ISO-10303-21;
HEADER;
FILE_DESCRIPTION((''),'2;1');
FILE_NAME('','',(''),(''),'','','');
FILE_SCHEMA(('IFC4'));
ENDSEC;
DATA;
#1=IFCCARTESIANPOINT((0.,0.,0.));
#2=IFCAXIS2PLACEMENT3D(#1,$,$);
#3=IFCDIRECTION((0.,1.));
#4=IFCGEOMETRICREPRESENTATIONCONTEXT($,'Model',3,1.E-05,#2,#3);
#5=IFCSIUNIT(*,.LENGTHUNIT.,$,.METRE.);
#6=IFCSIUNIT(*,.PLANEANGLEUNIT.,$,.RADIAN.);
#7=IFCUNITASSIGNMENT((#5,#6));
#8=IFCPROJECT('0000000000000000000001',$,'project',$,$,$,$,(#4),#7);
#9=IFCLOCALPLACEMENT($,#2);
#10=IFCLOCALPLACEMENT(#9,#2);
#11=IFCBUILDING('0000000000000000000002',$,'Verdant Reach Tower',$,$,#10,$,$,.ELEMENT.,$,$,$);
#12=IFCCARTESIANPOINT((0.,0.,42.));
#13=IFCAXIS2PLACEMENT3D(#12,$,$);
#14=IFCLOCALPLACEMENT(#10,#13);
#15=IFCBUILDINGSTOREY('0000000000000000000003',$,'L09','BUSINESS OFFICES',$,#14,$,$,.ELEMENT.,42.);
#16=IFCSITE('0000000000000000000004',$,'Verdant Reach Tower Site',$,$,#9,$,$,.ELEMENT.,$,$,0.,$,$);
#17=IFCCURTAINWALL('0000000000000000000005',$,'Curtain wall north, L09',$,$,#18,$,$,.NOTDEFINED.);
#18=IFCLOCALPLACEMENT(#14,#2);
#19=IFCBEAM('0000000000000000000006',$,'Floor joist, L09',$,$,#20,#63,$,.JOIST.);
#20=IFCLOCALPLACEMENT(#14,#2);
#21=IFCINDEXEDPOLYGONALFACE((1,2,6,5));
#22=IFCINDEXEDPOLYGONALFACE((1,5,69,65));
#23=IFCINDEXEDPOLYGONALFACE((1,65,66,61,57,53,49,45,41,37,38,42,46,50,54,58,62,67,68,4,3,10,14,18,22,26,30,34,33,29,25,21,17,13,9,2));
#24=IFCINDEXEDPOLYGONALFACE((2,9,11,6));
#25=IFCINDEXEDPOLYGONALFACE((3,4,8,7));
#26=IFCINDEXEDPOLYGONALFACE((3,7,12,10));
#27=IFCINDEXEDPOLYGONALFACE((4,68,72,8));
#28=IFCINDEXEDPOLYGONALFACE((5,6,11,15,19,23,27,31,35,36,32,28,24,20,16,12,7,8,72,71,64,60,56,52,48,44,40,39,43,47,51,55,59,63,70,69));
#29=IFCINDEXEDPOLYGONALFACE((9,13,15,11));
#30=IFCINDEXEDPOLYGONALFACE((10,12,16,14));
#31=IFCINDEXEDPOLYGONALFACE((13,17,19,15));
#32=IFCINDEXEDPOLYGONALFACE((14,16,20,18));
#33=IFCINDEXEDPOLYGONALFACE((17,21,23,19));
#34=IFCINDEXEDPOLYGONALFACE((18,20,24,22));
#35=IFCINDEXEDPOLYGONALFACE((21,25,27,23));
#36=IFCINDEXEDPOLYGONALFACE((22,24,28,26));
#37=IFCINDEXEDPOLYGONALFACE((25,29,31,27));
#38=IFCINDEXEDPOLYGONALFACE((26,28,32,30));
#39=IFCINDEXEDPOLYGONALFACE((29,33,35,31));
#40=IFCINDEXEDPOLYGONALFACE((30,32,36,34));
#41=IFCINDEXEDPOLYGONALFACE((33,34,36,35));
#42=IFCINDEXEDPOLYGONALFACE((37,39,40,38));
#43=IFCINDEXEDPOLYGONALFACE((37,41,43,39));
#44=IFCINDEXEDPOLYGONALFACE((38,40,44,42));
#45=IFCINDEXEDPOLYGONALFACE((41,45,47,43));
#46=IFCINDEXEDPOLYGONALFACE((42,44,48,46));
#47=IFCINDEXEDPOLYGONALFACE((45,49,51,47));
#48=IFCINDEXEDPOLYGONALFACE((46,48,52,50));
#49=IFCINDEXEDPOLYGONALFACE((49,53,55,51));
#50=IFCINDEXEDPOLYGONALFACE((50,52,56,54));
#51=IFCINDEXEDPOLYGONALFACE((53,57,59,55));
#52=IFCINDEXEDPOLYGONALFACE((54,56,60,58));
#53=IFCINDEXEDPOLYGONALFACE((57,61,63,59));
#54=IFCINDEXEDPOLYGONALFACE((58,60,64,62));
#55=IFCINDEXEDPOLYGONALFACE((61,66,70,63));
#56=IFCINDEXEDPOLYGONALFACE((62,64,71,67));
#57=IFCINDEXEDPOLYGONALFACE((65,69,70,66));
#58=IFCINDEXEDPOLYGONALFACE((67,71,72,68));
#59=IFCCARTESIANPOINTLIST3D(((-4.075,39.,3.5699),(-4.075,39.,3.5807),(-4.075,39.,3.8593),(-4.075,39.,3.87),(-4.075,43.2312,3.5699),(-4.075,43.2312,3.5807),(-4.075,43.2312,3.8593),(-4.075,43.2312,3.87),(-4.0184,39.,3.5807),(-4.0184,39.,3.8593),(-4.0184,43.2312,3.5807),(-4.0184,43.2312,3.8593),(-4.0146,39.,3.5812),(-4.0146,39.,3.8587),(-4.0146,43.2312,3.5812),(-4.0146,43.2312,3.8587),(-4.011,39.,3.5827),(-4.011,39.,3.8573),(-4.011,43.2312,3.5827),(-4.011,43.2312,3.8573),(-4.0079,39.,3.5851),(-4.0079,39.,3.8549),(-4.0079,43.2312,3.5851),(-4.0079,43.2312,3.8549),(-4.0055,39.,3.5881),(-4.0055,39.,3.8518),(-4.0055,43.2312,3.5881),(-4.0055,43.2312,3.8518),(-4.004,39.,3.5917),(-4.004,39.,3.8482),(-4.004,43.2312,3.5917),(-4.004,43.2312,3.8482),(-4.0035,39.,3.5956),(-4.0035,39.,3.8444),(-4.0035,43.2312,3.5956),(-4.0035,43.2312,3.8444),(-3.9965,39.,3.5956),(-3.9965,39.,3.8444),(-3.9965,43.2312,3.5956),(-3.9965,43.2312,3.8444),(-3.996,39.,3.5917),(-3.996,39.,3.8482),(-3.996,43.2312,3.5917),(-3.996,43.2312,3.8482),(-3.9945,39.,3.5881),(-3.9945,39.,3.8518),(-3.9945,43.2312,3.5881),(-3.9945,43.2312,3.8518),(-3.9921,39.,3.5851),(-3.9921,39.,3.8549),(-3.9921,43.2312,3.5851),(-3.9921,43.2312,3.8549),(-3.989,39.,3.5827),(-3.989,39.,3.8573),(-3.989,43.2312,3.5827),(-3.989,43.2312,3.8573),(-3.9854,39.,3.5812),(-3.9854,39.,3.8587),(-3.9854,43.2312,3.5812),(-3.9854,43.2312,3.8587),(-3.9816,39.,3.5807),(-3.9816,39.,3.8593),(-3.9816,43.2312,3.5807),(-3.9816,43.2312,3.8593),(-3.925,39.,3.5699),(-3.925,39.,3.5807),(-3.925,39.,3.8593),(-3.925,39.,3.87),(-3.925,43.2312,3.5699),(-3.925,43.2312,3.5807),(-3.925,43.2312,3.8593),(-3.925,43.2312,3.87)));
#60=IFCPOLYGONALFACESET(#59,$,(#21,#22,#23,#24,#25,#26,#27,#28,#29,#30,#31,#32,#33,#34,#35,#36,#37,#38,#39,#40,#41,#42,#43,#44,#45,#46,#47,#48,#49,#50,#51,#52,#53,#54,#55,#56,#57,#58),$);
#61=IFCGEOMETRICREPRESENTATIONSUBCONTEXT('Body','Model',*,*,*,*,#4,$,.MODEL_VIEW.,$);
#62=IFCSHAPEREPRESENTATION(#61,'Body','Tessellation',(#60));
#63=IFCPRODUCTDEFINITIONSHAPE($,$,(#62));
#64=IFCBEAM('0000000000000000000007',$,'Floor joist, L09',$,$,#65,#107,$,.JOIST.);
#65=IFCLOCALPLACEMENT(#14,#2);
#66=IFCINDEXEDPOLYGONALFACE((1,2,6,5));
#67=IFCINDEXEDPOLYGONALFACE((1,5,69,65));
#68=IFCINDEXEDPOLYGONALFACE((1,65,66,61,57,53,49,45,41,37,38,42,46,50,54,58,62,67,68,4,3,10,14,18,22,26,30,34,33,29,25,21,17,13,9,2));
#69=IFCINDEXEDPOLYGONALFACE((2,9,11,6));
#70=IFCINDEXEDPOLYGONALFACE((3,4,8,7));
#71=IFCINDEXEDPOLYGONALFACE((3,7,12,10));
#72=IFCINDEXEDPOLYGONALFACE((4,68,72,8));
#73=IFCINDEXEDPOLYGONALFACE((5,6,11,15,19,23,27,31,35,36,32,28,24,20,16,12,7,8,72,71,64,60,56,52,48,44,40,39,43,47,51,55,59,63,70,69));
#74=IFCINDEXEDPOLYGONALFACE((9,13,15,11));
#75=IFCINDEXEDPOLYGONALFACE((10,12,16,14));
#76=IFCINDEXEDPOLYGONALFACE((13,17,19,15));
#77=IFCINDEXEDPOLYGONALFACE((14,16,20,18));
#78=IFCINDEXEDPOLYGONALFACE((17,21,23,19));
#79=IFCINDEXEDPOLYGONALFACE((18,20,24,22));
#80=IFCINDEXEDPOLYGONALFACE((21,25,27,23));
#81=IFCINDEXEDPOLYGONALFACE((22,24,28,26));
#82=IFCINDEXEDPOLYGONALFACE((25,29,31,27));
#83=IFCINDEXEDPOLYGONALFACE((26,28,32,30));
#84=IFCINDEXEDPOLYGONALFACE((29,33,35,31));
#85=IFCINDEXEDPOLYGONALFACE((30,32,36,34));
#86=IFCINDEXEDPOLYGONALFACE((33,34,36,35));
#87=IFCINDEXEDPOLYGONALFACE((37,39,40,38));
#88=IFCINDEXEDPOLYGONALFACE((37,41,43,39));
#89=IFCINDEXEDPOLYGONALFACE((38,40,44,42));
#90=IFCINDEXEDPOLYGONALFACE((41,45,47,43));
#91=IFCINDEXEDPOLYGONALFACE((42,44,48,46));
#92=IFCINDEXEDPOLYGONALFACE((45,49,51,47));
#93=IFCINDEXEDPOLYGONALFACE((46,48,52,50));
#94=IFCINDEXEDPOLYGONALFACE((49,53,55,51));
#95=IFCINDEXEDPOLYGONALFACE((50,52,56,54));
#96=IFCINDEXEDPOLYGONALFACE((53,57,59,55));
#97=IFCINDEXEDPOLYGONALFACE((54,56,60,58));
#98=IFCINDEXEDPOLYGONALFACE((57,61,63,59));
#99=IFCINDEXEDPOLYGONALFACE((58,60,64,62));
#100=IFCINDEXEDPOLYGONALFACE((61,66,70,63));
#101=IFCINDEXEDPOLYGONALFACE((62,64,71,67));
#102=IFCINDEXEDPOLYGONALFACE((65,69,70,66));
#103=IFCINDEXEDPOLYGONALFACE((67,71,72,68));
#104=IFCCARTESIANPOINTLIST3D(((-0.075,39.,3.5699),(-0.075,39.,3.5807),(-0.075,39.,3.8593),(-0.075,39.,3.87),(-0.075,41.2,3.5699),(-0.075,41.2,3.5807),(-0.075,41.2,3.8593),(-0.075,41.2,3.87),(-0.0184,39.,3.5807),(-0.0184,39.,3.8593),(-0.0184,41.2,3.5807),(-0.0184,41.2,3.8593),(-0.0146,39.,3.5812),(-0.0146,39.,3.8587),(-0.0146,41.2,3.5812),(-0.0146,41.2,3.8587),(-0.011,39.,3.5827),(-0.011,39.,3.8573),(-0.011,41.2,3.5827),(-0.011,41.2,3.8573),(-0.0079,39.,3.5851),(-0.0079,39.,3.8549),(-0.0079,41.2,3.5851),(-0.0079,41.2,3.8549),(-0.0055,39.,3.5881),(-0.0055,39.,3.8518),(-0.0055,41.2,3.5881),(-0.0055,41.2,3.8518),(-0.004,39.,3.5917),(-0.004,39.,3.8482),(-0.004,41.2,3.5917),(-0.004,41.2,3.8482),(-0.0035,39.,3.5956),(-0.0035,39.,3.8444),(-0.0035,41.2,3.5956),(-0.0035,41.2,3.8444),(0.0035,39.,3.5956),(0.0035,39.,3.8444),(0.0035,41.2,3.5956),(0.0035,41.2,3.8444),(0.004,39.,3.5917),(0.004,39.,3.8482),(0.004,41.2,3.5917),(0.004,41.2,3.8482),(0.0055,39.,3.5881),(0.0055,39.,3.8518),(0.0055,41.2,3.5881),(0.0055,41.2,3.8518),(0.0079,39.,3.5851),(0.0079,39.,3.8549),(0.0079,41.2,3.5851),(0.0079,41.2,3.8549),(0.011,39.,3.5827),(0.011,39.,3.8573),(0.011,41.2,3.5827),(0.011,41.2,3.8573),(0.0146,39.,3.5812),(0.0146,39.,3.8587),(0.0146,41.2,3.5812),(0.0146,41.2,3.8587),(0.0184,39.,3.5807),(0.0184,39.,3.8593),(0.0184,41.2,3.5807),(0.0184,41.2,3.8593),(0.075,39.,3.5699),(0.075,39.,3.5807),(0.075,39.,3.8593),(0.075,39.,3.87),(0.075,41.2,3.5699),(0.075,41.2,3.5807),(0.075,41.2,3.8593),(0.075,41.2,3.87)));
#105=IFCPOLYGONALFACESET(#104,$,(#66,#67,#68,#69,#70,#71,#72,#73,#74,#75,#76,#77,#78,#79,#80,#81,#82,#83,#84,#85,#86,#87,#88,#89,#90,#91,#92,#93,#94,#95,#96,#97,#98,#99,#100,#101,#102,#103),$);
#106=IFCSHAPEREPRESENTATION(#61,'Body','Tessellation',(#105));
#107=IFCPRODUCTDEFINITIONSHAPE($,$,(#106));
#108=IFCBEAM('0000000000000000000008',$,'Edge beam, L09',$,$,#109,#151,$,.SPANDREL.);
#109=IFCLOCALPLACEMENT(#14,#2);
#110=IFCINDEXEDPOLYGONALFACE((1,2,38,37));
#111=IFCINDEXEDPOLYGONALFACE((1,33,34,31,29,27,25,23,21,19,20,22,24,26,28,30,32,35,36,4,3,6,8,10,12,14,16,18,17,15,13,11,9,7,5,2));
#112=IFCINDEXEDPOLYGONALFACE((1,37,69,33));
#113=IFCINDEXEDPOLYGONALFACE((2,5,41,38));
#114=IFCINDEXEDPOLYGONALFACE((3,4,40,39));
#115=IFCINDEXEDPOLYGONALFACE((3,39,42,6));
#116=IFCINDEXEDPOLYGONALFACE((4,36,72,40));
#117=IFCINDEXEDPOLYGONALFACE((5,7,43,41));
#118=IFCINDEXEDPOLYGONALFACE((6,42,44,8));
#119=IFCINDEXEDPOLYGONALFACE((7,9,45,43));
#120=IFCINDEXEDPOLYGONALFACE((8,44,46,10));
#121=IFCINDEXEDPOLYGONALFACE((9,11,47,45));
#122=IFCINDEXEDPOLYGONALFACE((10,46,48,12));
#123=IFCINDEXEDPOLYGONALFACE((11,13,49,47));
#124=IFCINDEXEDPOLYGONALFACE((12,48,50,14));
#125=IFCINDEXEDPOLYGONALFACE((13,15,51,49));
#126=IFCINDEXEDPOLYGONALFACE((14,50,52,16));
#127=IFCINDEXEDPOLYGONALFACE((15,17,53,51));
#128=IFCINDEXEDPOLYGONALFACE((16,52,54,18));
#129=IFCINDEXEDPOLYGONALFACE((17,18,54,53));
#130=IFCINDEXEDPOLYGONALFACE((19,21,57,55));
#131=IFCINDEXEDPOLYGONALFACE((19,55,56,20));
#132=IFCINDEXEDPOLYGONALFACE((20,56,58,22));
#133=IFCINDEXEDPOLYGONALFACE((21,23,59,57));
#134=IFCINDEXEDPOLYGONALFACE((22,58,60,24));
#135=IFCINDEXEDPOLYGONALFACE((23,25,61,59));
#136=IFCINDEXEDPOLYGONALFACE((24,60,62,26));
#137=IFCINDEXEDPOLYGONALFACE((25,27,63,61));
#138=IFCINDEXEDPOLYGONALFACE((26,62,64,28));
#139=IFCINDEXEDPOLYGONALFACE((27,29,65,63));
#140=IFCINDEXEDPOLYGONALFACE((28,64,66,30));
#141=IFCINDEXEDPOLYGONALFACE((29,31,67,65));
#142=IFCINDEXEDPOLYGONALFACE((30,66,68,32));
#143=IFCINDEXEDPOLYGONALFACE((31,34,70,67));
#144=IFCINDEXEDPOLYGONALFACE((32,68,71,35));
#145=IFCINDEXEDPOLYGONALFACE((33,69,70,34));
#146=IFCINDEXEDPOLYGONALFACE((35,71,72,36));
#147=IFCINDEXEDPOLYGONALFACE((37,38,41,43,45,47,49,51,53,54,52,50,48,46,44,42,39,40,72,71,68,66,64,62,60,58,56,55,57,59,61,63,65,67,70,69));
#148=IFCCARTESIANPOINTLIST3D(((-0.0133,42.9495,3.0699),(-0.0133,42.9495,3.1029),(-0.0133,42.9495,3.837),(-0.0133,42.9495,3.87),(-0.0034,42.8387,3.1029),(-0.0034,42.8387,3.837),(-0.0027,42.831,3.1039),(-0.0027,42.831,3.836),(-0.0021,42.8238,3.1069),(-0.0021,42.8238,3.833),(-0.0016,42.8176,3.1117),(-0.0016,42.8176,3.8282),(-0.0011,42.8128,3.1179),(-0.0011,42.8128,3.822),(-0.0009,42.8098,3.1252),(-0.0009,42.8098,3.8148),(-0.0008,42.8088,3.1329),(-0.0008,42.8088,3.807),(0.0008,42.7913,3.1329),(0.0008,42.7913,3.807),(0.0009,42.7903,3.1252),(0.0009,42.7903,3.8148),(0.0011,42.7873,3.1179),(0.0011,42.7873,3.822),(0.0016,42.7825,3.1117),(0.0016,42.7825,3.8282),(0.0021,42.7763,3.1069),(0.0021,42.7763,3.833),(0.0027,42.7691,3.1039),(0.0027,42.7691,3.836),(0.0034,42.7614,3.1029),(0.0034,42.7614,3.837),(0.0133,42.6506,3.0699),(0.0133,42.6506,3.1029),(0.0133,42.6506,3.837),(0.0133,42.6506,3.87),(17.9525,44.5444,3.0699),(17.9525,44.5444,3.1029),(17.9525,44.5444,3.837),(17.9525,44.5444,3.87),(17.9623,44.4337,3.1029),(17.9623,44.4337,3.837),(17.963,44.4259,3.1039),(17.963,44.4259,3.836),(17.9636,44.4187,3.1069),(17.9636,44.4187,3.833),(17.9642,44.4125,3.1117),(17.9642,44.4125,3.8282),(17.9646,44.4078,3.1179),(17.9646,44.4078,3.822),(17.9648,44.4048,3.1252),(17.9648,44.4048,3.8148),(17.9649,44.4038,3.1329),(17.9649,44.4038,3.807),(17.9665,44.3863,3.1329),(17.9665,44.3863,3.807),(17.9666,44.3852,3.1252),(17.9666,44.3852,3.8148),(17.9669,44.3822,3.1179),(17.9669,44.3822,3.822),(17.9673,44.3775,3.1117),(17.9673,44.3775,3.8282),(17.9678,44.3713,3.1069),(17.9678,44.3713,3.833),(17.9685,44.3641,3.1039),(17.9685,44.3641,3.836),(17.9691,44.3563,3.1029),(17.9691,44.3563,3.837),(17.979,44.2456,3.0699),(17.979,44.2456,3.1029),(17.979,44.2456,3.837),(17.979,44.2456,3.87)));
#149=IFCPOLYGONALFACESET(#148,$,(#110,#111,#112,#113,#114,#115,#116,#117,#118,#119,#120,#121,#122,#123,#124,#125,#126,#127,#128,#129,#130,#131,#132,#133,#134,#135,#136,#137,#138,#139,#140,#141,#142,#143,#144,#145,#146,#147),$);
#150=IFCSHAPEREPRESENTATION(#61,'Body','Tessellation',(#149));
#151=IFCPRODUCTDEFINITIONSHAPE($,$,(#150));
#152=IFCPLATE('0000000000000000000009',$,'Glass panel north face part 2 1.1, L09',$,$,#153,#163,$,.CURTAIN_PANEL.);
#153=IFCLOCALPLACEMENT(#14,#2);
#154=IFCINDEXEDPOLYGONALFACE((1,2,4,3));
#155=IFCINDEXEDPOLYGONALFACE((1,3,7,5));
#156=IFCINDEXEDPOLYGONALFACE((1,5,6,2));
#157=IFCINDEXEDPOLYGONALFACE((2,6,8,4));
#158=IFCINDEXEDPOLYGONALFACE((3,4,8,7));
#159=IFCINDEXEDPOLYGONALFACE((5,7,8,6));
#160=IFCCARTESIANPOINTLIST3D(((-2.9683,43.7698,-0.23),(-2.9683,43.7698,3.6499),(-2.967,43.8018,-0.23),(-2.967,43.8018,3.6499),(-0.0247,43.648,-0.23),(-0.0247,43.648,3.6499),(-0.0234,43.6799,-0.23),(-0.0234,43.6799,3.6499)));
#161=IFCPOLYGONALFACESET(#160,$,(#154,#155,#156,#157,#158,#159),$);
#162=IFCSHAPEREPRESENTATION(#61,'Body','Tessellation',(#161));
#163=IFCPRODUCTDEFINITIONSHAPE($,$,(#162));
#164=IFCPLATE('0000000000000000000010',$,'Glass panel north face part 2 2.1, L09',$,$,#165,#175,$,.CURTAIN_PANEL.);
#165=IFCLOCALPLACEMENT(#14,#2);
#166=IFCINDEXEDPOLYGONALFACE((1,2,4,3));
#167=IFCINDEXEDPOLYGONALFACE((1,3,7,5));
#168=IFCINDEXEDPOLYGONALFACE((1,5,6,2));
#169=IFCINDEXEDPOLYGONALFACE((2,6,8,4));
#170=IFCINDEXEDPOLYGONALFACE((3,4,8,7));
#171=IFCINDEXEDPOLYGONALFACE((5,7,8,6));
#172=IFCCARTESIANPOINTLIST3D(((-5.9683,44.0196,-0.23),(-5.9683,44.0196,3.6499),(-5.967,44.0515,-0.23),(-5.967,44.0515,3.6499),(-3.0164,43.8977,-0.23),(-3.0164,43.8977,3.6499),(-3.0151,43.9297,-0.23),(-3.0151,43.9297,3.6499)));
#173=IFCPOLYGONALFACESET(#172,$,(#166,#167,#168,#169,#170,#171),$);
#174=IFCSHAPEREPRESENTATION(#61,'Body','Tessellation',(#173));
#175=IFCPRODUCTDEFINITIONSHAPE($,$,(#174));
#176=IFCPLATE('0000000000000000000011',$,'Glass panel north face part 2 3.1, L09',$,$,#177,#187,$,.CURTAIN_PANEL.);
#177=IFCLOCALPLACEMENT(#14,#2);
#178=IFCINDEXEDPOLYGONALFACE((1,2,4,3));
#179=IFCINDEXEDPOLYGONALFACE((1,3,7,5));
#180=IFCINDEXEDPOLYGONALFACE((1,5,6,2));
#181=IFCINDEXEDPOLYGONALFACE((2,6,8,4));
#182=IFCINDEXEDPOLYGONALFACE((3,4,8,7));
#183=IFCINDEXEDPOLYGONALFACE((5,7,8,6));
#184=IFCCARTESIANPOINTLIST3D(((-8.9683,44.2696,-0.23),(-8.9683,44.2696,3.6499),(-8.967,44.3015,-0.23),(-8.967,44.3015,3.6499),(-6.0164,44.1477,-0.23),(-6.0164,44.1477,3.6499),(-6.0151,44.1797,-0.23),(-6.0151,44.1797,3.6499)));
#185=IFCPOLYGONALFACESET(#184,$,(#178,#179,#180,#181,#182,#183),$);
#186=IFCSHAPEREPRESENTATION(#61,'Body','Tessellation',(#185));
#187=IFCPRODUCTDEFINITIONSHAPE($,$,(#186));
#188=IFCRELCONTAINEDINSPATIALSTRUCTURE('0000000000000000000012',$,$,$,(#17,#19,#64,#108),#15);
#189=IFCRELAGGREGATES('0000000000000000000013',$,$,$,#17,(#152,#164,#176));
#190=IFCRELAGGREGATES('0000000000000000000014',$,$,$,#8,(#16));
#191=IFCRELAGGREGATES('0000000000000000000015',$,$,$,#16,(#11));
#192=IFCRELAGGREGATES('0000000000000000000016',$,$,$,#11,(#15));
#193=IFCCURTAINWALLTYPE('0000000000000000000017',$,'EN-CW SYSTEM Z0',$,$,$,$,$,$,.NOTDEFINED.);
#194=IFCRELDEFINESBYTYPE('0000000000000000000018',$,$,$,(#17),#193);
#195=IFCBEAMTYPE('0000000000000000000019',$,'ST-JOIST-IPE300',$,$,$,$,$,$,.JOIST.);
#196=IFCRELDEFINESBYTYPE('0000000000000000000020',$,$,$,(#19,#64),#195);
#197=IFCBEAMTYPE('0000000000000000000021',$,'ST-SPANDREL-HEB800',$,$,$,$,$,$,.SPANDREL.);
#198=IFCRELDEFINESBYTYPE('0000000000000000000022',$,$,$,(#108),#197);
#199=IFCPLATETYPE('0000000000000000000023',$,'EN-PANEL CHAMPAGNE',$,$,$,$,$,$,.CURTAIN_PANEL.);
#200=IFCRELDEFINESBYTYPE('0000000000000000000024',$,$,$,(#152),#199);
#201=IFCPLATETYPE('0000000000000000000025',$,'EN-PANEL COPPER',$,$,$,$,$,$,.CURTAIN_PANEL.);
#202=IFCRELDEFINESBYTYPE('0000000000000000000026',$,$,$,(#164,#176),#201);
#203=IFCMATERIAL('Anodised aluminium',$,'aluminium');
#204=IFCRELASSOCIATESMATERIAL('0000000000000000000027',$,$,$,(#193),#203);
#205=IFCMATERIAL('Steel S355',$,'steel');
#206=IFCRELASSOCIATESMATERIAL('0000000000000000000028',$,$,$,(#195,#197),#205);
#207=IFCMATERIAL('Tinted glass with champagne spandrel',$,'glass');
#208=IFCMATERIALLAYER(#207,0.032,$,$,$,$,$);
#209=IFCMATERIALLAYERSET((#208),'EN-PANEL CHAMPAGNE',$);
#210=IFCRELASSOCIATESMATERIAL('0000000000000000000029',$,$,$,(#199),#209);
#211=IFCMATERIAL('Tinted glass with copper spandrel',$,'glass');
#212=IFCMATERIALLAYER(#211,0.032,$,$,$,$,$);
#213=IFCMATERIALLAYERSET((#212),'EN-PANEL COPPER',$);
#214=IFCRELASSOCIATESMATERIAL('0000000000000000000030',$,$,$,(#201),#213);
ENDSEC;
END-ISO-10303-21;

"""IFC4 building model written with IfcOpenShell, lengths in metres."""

from ifc_helpers import new_model, si_unit, direction, frame, origin, origin_2d, place, context, subcontext, project, spatial, rectangle, i_section, extrude, material, layer, layer_set, material_profile, profile_set, type_object, element, aggregate, save


model = new_model("IFC4")

# Units and contexts
model_context = context("Model", 3, precision=1e-05, world=origin(), true_north=direction((0.0, 1.0)))
body_context = subcontext(model_context, "Body", "Model", "MODEL_VIEW")
ifc_project = project(units=[si_unit("LENGTHUNIT", "METRE"), si_unit("PLANEANGLEUNIT", "RADIAN")], contexts=[model_context])

# Site, building, storey
site_placement = place(None, origin())
site = spatial("IfcSite", under=ifc_project, at=site_placement, Name="Verdant Reach Tower Site", CompositionType="ELEMENT", RefElevation=0.0)
building_placement = place(site_placement, origin())
building = spatial("IfcBuilding", under=site, at=building_placement, Name="Verdant Reach Tower", CompositionType="ELEMENT")
storey_placement = place(building_placement, frame((0.0, 0.0, 42.0)))
storey = spatial("IfcBuildingStorey", under=building, at=storey_placement, Name="L09", Description="BUSINESS OFFICES", CompositionType="ELEMENT", Elevation=42.0)

# Curtain wall
ifc_material_1 = material(Name="Anodised aluminium", Category="aluminium")
curtain_wall_type = type_object("IfcCurtainWallType", Name="EN-CW SYSTEM Z0", PredefinedType="NOTDEFINED", material=ifc_material_1)
curtain_wall_placement = place(storey_placement, origin())
curtain_wall = element("IfcCurtainWall", 1, at=curtain_wall_placement, inside=storey, type_object=curtain_wall_type, Name="Curtain wall north, L09", PredefinedType="NOTDEFINED")

# Beams
ifc_material_2 = material(Name="Steel S355", Category="steel")
ifc_material_profile_1 = material_profile(ifc_material_2, i_section(OverallWidth=0.1499, OverallDepth=0.3, WebThickness=0.0071, FlangeThickness=0.0107, FilletRadius=0.0149, at=origin_2d()), Name="IPE 300")
ifc_profile_set_1 = profile_set([ifc_material_profile_1], Name="Steel S355")
beam_type_1 = type_object("IfcBeamType", Name="ST-JOIST-IPE300", PredefinedType="JOIST", material=ifc_profile_set_1)
beam_1_placement = place(storey_placement, frame((-4.0, 39.0, 3.72), z_axis=(0.0, 1.0, 0.0), x_axis=(-1.0, 0.0, 0.0)))
element("IfcBeam", 2, at=beam_1_placement, inside=storey, type_object=beam_type_1, Name="Floor joist, L09", PredefinedType="JOIST", context=body_context, shape_type="SweptSolid", body=[
    extrude(i_section(OverallWidth=0.1499, OverallDepth=0.3, WebThickness=0.0071, FlangeThickness=0.0107, FilletRadius=0.0149, at=origin_2d()), origin(), (0.0, 0.0, 1.0), 4.2312),
])
beam_2_placement = place(storey_placement, frame((0.0, 39.0, 3.72), z_axis=(0.0, 1.0, 0.0), x_axis=(-1.0, 0.0, 0.0)))
element("IfcBeam", 3, at=beam_2_placement, inside=storey, type_object=beam_type_1, Name="Floor joist, L09", PredefinedType="JOIST", context=body_context, shape_type="SweptSolid", body=[
    extrude(i_section(OverallWidth=0.1499, OverallDepth=0.3, WebThickness=0.0071, FlangeThickness=0.0107, FilletRadius=0.0149, at=origin_2d()), origin(), (0.0, 0.0, 1.0), 2.2),
])
ifc_material_profile_2 = material_profile(ifc_material_2, i_section(OverallWidth=0.3, OverallDepth=0.8, WebThickness=0.0176, FlangeThickness=0.033, FilletRadius=0.03, at=origin_2d()), Name="HEB 800")
ifc_profile_set_2 = profile_set([ifc_material_profile_2], Name="Steel S355")
beam_type_2 = type_object("IfcBeamType", Name="ST-SPANDREL-HEB800", PredefinedType="SPANDREL", material=ifc_profile_set_2)
beam_3_placement = place(storey_placement, frame((0.0, 42.8, 3.47), z_axis=(0.996082, 0.08843, 0.0), x_axis=(-0.08843, 0.996082, 0.0)))
element("IfcBeam", 4, at=beam_3_placement, inside=storey, type_object=beam_type_2, Name="Edge beam, L09", PredefinedType="SPANDREL", context=body_context, shape_type="SweptSolid", body=[
    extrude(i_section(OverallWidth=0.3, OverallDepth=0.8, WebThickness=0.0176, FlangeThickness=0.033, FilletRadius=0.03, at=origin_2d()), origin(), (0.0, 0.0, 1.0), 18.0364),
])

# Plates
ifc_material_3 = material(Name="Tinted glass with champagne spandrel", Category="glass")
ifc_layer_1 = layer(ifc_material_3, 0.032)
ifc_layer_set_1 = layer_set([ifc_layer_1], Name="EN-PANEL CHAMPAGNE")
plate_type_1 = type_object("IfcPlateType", Name="EN-PANEL CHAMPAGNE", PredefinedType="CURTAIN_PANEL", material=ifc_layer_set_1)
plate_1_placement = place(storey_placement, frame((-1.4958, 43.7249, -0.23), z_axis=(0.0, 0.0, 1.0), x_axis=(-0.999144, 0.041357, 0.0)))
plate_1 = element("IfcPlate", 5, at=plate_1_placement, type_object=plate_type_1, Name="Glass panel north face part 2 1.1, L09", PredefinedType="CURTAIN_PANEL", context=body_context, shape_type="SweptSolid", body=[
    extrude(rectangle(XDim=2.946, YDim=0.032, at=origin_2d()), origin(), (0.0, 0.0, 1.0), 3.8799),
])
ifc_material_4 = material(Name="Tinted glass with copper spandrel", Category="glass")
ifc_layer_2 = layer(ifc_material_4, 0.032)
ifc_layer_set_2 = layer_set([ifc_layer_2], Name="EN-PANEL COPPER")
plate_type_2 = type_object("IfcPlateType", Name="EN-PANEL COPPER", PredefinedType="CURTAIN_PANEL", material=ifc_layer_set_2)
plate_2_placement = place(storey_placement, frame((-4.4917, 43.9746, -0.23), z_axis=(0.0, 0.0, 1.0), x_axis=(-0.999149, 0.041242, 0.0)))
plate_2 = element("IfcPlate", 6, at=plate_2_placement, type_object=plate_type_2, Name="Glass panel north face part 2 2.1, L09", PredefinedType="CURTAIN_PANEL", context=body_context, shape_type="SweptSolid", body=[
    extrude(rectangle(XDim=2.9543, YDim=0.032, at=origin_2d()), origin(), (0.0, 0.0, 1.0), 3.8799),
])
plate_3_placement = place(storey_placement, frame((-7.4917, 44.2246, -0.23), z_axis=(0.0, 0.0, 1.0), x_axis=(-0.999149, 0.041242, 0.0)))
plate_3 = element("IfcPlate", 7, at=plate_3_placement, type_object=plate_type_2, Name="Glass panel north face part 2 3.1, L09", PredefinedType="CURTAIN_PANEL", context=body_context, shape_type="SweptSolid", body=[
    extrude(rectangle(XDim=2.9543, YDim=0.032, at=origin_2d()), origin(), (0.0, 0.0, 1.0), 3.8799),
])
aggregate(curtain_wall, [plate_1, plate_2, plate_3])

save(model, "model.ifc")
